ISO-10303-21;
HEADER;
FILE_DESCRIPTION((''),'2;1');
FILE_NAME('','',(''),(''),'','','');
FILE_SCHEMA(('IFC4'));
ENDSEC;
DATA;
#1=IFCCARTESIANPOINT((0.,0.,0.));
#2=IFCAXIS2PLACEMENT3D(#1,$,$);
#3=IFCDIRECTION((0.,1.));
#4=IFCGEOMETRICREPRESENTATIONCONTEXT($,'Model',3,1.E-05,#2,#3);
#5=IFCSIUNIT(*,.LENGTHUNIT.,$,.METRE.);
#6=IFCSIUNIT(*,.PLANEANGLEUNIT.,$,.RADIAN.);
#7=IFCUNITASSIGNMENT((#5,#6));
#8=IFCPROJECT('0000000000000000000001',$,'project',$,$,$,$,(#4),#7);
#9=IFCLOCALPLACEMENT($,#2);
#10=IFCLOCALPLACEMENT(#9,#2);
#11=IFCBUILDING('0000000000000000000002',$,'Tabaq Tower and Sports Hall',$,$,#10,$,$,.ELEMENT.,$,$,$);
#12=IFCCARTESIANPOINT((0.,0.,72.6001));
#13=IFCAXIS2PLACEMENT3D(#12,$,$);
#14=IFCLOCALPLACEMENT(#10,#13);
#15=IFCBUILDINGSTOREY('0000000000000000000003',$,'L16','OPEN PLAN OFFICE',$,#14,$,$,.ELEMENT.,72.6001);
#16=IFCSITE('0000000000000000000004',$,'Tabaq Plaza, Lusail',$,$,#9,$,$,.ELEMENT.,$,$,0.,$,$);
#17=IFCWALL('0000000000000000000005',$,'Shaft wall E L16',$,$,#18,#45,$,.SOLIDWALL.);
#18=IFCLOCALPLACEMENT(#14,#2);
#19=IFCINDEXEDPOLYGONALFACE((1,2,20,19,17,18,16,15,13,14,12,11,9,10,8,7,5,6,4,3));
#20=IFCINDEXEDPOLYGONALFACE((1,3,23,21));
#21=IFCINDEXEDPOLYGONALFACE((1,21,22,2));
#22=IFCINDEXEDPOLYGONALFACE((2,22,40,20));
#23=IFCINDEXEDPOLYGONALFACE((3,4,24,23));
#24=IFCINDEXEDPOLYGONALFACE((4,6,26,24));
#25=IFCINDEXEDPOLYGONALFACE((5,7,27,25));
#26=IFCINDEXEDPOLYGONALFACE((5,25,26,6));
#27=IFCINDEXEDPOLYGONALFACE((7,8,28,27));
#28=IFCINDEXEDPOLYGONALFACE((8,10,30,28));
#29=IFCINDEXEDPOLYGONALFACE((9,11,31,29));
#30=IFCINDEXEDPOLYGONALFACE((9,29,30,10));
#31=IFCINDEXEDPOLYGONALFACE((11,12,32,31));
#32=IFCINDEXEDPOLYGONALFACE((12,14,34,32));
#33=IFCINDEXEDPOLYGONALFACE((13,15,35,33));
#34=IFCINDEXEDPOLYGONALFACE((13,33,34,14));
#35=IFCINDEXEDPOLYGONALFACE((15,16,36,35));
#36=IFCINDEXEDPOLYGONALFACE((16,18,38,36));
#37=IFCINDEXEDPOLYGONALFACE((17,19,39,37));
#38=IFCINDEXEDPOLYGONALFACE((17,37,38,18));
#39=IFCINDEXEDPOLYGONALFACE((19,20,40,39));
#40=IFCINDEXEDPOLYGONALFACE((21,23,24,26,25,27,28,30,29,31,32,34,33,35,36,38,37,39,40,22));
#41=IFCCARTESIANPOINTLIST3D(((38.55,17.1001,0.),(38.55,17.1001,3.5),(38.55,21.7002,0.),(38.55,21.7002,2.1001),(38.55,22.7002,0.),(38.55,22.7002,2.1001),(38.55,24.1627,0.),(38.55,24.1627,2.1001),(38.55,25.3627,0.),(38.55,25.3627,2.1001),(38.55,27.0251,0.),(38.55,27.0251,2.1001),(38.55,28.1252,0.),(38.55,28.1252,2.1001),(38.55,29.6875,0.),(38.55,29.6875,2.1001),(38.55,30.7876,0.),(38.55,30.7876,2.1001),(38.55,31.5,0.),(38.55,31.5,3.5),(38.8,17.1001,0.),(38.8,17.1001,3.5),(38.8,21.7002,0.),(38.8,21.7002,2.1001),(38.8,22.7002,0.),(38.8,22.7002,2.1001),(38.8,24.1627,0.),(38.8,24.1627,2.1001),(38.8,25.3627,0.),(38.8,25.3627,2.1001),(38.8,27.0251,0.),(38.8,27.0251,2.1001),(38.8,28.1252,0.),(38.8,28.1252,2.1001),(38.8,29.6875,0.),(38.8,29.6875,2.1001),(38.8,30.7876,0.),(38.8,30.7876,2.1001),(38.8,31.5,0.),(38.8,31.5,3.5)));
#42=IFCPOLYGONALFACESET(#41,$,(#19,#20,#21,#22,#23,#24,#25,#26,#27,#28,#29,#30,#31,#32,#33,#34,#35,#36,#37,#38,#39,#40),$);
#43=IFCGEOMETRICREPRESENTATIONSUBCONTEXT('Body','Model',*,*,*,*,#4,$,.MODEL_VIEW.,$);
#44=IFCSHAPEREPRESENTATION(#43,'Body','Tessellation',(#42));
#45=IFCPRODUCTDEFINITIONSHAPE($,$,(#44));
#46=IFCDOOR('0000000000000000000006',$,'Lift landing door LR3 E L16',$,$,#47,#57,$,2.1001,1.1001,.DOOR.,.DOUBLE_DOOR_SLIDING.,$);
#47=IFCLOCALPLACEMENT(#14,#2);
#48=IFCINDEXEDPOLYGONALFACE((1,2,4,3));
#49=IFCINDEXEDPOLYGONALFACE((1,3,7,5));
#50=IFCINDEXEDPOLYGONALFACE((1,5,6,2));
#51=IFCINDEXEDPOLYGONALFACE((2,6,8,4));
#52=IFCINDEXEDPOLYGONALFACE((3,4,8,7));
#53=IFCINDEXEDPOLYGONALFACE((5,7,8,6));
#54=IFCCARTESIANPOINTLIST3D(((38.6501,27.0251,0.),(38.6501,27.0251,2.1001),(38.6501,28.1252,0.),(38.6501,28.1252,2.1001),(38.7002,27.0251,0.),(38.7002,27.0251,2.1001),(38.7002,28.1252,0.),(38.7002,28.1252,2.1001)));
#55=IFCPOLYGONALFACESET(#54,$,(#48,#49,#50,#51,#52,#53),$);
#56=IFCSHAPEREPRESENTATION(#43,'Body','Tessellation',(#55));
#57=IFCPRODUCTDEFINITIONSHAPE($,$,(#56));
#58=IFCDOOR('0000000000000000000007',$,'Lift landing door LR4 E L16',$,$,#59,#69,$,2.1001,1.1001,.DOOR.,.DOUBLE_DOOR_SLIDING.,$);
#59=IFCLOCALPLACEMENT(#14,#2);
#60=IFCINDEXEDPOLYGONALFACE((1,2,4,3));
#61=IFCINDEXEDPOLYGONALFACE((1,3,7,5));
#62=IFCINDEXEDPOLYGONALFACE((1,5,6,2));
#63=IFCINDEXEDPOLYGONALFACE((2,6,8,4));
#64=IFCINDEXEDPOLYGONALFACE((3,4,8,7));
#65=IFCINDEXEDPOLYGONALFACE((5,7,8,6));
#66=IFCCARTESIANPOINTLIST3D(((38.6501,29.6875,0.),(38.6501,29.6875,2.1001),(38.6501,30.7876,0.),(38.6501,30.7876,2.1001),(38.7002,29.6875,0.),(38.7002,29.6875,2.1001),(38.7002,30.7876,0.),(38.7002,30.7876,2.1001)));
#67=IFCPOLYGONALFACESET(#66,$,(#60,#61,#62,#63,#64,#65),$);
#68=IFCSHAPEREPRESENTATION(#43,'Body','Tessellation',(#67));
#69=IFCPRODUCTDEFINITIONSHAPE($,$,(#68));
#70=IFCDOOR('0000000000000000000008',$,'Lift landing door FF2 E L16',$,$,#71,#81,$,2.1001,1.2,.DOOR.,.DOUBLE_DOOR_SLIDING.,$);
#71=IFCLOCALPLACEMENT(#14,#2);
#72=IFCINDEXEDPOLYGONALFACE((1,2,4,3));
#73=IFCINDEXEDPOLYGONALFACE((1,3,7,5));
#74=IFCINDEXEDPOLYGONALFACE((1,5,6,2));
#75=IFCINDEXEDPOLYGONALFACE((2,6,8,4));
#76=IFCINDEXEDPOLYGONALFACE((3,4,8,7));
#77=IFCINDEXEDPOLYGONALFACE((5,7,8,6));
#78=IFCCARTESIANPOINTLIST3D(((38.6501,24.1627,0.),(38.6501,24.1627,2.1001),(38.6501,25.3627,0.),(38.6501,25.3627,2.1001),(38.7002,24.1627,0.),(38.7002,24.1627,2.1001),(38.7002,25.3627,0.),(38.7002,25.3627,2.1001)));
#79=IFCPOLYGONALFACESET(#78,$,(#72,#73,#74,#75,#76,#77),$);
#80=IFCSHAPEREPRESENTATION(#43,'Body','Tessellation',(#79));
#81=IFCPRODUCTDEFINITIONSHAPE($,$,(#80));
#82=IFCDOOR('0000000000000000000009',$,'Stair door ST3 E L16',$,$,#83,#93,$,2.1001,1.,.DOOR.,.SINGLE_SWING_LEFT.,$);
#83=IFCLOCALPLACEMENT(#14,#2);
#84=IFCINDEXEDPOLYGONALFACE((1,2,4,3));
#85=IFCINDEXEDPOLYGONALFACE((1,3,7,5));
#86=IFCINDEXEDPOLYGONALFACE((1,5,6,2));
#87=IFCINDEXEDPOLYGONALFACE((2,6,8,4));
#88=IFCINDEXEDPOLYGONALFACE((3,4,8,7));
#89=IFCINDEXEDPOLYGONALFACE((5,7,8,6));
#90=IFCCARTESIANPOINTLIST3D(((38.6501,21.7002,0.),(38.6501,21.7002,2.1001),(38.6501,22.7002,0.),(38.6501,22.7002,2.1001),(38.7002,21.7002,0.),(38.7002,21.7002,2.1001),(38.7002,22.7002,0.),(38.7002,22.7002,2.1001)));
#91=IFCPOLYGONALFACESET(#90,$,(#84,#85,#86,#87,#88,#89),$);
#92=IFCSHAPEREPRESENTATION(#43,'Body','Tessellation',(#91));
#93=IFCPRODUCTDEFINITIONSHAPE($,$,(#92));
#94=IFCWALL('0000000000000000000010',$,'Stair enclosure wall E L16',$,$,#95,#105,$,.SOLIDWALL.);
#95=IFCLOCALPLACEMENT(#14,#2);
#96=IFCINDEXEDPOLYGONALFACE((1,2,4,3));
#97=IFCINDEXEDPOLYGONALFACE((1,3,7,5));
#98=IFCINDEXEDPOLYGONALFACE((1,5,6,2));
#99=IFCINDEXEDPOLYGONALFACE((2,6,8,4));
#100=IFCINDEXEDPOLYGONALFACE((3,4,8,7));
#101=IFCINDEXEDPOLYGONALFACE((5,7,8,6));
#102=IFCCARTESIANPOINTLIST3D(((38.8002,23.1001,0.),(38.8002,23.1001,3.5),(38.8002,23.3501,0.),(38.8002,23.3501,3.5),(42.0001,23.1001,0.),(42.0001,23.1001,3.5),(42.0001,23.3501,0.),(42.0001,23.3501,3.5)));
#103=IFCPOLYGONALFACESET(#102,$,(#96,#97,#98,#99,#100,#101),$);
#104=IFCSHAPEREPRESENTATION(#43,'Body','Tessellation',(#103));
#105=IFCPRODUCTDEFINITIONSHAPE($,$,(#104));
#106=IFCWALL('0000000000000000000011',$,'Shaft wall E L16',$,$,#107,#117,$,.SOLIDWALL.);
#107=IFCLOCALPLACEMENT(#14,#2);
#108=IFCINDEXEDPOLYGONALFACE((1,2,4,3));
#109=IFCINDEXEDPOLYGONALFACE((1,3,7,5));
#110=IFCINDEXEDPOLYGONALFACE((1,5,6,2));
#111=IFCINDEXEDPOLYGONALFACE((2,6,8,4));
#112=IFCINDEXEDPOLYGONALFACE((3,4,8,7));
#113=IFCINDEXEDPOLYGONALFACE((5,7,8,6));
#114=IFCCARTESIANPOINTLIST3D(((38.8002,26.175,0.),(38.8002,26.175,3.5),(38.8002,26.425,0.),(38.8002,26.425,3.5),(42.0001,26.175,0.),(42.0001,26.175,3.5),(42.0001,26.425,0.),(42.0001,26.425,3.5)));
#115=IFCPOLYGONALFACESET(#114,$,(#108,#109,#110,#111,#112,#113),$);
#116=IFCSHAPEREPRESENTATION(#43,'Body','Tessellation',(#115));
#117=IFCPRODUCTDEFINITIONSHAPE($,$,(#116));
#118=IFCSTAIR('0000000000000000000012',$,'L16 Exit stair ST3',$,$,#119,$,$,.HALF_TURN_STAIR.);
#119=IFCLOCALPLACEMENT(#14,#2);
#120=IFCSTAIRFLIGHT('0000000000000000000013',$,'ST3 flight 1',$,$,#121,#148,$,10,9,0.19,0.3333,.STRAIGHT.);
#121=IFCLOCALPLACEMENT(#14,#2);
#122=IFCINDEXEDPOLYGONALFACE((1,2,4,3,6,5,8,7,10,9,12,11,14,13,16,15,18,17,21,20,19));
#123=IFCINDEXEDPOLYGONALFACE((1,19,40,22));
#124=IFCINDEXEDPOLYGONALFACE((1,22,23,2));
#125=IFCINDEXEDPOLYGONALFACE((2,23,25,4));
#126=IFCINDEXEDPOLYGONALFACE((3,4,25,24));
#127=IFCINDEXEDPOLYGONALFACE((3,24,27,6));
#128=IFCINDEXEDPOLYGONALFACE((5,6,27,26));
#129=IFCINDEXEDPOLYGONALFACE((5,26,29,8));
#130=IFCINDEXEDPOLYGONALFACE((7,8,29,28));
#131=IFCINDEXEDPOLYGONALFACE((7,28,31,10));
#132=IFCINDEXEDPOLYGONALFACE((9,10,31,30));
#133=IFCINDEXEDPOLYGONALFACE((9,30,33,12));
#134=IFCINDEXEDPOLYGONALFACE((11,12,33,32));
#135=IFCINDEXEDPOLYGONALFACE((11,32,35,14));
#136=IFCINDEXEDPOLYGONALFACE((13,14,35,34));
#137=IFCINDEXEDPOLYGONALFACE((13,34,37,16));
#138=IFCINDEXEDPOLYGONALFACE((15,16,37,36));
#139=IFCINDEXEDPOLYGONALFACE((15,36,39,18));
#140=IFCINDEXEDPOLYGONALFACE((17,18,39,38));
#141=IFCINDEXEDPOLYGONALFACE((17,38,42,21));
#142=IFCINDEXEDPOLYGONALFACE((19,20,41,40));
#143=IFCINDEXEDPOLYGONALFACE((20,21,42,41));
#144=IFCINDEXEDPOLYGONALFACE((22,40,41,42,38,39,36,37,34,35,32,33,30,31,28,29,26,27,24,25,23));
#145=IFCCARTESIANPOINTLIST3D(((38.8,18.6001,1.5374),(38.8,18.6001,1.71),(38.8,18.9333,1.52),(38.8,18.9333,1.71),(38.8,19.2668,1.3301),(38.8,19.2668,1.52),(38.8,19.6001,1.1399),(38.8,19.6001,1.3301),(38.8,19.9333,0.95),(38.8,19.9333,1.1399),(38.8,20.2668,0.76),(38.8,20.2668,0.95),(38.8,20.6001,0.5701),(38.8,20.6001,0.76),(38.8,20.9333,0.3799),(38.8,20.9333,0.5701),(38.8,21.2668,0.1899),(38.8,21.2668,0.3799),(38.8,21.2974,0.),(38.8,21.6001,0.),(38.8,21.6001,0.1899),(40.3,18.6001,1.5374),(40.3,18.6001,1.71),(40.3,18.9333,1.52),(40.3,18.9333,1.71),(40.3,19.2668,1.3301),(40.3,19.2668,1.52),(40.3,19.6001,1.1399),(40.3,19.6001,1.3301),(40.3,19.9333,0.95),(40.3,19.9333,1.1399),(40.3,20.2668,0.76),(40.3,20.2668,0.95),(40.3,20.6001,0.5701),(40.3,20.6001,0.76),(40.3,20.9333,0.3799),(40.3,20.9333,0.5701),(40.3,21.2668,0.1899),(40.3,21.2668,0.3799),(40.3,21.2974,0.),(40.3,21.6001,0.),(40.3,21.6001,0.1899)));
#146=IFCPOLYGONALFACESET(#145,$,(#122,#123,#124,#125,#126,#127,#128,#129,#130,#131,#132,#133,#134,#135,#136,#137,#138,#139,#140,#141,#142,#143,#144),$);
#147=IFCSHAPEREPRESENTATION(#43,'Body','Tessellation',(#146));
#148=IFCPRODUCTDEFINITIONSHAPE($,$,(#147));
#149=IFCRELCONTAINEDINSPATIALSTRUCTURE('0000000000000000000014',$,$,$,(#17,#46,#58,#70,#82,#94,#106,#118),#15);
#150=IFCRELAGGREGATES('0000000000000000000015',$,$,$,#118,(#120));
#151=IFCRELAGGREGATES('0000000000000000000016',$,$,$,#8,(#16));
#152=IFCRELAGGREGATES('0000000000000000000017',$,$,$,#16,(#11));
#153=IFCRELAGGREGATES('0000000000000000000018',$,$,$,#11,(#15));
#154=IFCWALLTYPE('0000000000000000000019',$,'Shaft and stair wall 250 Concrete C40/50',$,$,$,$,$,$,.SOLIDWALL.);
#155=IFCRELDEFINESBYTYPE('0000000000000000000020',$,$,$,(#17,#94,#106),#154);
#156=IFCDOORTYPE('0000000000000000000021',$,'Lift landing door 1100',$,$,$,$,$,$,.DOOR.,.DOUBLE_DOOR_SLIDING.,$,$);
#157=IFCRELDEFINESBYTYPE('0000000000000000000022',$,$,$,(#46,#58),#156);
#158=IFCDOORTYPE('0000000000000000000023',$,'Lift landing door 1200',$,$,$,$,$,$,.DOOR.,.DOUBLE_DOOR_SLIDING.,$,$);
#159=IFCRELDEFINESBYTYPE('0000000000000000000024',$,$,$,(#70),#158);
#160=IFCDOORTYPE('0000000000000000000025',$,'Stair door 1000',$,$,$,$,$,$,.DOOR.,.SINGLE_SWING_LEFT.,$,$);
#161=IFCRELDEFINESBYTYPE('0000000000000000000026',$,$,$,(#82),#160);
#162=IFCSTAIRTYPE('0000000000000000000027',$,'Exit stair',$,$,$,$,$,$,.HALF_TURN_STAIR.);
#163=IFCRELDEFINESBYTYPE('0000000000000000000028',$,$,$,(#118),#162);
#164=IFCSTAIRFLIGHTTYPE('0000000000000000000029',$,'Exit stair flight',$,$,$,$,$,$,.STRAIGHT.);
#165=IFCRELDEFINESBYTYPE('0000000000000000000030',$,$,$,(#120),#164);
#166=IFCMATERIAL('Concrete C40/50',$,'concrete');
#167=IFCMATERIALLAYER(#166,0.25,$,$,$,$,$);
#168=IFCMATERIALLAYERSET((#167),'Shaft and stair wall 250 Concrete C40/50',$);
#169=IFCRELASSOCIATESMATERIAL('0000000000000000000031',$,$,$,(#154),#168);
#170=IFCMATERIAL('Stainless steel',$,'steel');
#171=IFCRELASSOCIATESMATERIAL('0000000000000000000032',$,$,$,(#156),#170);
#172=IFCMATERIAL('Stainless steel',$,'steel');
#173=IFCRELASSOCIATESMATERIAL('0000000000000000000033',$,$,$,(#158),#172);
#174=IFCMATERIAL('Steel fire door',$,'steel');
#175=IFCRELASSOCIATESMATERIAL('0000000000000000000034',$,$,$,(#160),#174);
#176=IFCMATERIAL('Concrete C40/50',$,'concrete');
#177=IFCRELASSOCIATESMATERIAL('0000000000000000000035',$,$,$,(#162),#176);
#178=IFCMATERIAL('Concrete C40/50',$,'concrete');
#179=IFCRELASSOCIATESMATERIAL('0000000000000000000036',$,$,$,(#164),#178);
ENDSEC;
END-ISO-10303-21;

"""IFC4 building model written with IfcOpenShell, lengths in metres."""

from ifc_helpers import new_model, si_unit, direction, frame, frame_2d, origin, place, context, subcontext, project, spatial, polyline, rectangle, outline, extrude, material, layer, layer_set, type_object, element, fill, aggregate, save


model = new_model("IFC4")

# Units and contexts
model_context = context("Model", 3, precision=1e-05, world=origin(), true_north=direction((0.0, 1.0)))
body_context = subcontext(model_context, "Body", "Model", "MODEL_VIEW")
ifc_project = project(units=[si_unit("LENGTHUNIT", "METRE"), si_unit("PLANEANGLEUNIT", "RADIAN")], contexts=[model_context])

# Site, building, storey
site_placement = place(None, origin())
site = spatial("IfcSite", under=ifc_project, at=site_placement, Name="Tabaq Plaza, Lusail", CompositionType="ELEMENT", RefElevation=0.0)
building_placement = place(site_placement, origin())
building = spatial("IfcBuilding", under=site, at=building_placement, Name="Tabaq Tower and Sports Hall", CompositionType="ELEMENT")
storey_placement = place(building_placement, frame((0.0, 0.0, 72.6001)))
storey = spatial("IfcBuildingStorey", under=building, at=storey_placement, Name="L16", Description="OPEN PLAN OFFICE", CompositionType="ELEMENT", Elevation=72.6001)

# Wall, openings, doors
ifc_material_1 = material(Name="Concrete C40/50", Category="concrete")
ifc_layer_1 = layer(ifc_material_1, 0.25)
ifc_layer_set_1 = layer_set([ifc_layer_1], Name="Shaft and stair wall 250 Concrete C40/50")
wall_type_1 = type_object("IfcWallType", Name="Shaft and stair wall 250 Concrete C40/50", PredefinedType="SOLIDWALL", material=ifc_layer_set_1)
wall_1_placement = place(storey_placement, frame((38.675, 17.1001, 0.0), z_axis=(0.0, 0.0, 1.0), x_axis=(0.0, 1.0, 0.0)))
wall_1 = element("IfcWall", 1, at=wall_1_placement, inside=storey, type_object=wall_type_1, Name="Shaft wall E L16", PredefinedType="SOLIDWALL", context=body_context, shape_type="SweptSolid", body=[
    extrude(rectangle(XDim=14.3999, YDim=0.25, at=frame_2d((7.2, 0.0))), origin(), (0.0, 0.0, 1.0), 3.5),
])
opening_1_placement = place(wall_1_placement, frame((4.6001, 0.0, 0.0)))
opening_1 = element("IfcOpeningElement", 2, at=opening_1_placement, cuts=wall_1, PredefinedType="OPENING", context=body_context, shape_type="SweptSolid", body=[
    extrude(rectangle(XDim=1.0, YDim=2.1001, at=frame_2d((0.5, 1.05))), frame((0.0, 0.125, 0.0), z_axis=(0.0, -1.0, 0.0), x_axis=(1.0, 0.0, 0.0)), (0.0, 0.0, 1.0), 0.25),
])
opening_2_placement = place(wall_1_placement, frame((7.0625, 0.0, 0.0)))
opening_2 = element("IfcOpeningElement", 3, at=opening_2_placement, cuts=wall_1, PredefinedType="OPENING", context=body_context, shape_type="SweptSolid", body=[
    extrude(rectangle(XDim=1.2, YDim=2.1001, at=frame_2d((0.6001, 1.05))), frame((0.0, 0.125, 0.0), z_axis=(0.0, -1.0, 0.0), x_axis=(1.0, 0.0, 0.0)), (0.0, 0.0, 1.0), 0.25),
])
opening_3_placement = place(wall_1_placement, frame((9.925, 0.0, 0.0)))
opening_3 = element("IfcOpeningElement", 4, at=opening_3_placement, cuts=wall_1, PredefinedType="OPENING", context=body_context, shape_type="SweptSolid", body=[
    extrude(rectangle(XDim=1.1001, YDim=2.1001, at=frame_2d((0.55, 1.05))), frame((0.0, 0.125, 0.0), z_axis=(0.0, -1.0, 0.0), x_axis=(1.0, 0.0, 0.0)), (0.0, 0.0, 1.0), 0.25),
])
opening_4_placement = place(wall_1_placement, frame((12.5874, 0.0, 0.0)))
opening_4 = element("IfcOpeningElement", 5, at=opening_4_placement, cuts=wall_1, PredefinedType="OPENING", context=body_context, shape_type="SweptSolid", body=[
    extrude(rectangle(XDim=1.1001, YDim=2.1001, at=frame_2d((0.55, 1.05))), frame((0.0, 0.125, 0.0), z_axis=(0.0, -1.0, 0.0), x_axis=(1.0, 0.0, 0.0)), (0.0, 0.0, 1.0), 0.25),
])
ifc_material_2 = material(Name="Stainless steel", Category="steel")
door_type_1 = type_object("IfcDoorType", Name="Lift landing door 1100", OperationType="DOUBLE_DOOR_SLIDING", PredefinedType="DOOR", material=ifc_material_2)
door_1_placement = place(opening_3_placement, origin())
door_1 = element("IfcDoor", 6, at=door_1_placement, inside=storey, type_object=door_type_1, Name="Lift landing door LR3 E L16", OperationType="DOUBLE_DOOR_SLIDING", OverallHeight=2.1001, OverallWidth=1.1001, PredefinedType="DOOR", context=body_context, shape_type="SweptSolid", body=[
    extrude(rectangle(XDim=1.1001, YDim=2.1001, at=frame_2d((0.55, 1.05))), frame((0.0, 0.0249, 0.0), z_axis=(0.0, -1.0, 0.0), x_axis=(1.0, 0.0, 0.0)), (0.0, 0.0, 1.0), 0.05),
])
fill(opening_3, door_1)
door_2_placement = place(opening_4_placement, origin())
door_2 = element("IfcDoor", 7, at=door_2_placement, inside=storey, type_object=door_type_1, Name="Lift landing door LR4 E L16", OperationType="DOUBLE_DOOR_SLIDING", OverallHeight=2.1001, OverallWidth=1.1001, PredefinedType="DOOR", context=body_context, shape_type="SweptSolid", body=[
    extrude(rectangle(XDim=1.1001, YDim=2.1001, at=frame_2d((0.55, 1.05))), frame((0.0, 0.0249, 0.0), z_axis=(0.0, -1.0, 0.0), x_axis=(1.0, 0.0, 0.0)), (0.0, 0.0, 1.0), 0.05),
])
fill(opening_4, door_2)
ifc_material_3 = material(Name="Stainless steel", Category="steel")
door_type_2 = type_object("IfcDoorType", Name="Lift landing door 1200", OperationType="DOUBLE_DOOR_SLIDING", PredefinedType="DOOR", material=ifc_material_3)
door_3_placement = place(opening_2_placement, origin())
door_3 = element("IfcDoor", 8, at=door_3_placement, inside=storey, type_object=door_type_2, Name="Lift landing door FF2 E L16", OperationType="DOUBLE_DOOR_SLIDING", OverallHeight=2.1001, OverallWidth=1.2, PredefinedType="DOOR", context=body_context, shape_type="SweptSolid", body=[
    extrude(rectangle(XDim=1.2, YDim=2.1001, at=frame_2d((0.6001, 1.05))), frame((0.0, 0.0249, 0.0), z_axis=(0.0, -1.0, 0.0), x_axis=(1.0, 0.0, 0.0)), (0.0, 0.0, 1.0), 0.05),
])
fill(opening_2, door_3)
ifc_material_4 = material(Name="Steel fire door", Category="steel")
door_type_3 = type_object("IfcDoorType", Name="Stair door 1000", OperationType="SINGLE_SWING_LEFT", PredefinedType="DOOR", material=ifc_material_4)
door_4_placement = place(opening_1_placement, origin())
door_4 = element("IfcDoor", 9, at=door_4_placement, inside=storey, type_object=door_type_3, Name="Stair door ST3 E L16", OperationType="SINGLE_SWING_LEFT", OverallHeight=2.1001, OverallWidth=1.0, PredefinedType="DOOR", context=body_context, shape_type="SweptSolid", body=[
    extrude(rectangle(XDim=1.0, YDim=2.1001, at=frame_2d((0.5, 1.05))), frame((0.0, 0.0249, 0.0), z_axis=(0.0, -1.0, 0.0), x_axis=(1.0, 0.0, 0.0)), (0.0, 0.0, 1.0), 0.05),
])
fill(opening_1, door_4)

# Walls
for number, where, z_axis, x_axis, name in (
    (10, (38.8, 23.2251, 0.0), (0.0, 0.0, 1.0), (1.0, 0.0, 0.0), "Stair enclosure wall E L16"),
    (11, (38.8, 26.3, 0.0), (0.0, 0.0, 1.0), (1.0, 0.0, 0.0), "Shaft wall E L16"),
):
    element("IfcWall", number, at=place(storey_placement, frame(where, z_axis=z_axis, x_axis=x_axis)), inside=storey, type_object=wall_type_1, Name=name, PredefinedType="SOLIDWALL", context=body_context, shape_type="SweptSolid", body=[
        extrude(rectangle(XDim=3.2, YDim=0.25, at=frame_2d((1.6001, 0.0))), origin(), (0.0, 0.0, 1.0), 3.5),
    ])

# Stair, stair flight
ifc_material_5 = material(Name="Concrete C40/50", Category="concrete")
stair_type = type_object("IfcStairType", Name="Exit stair", PredefinedType="HALF_TURN_STAIR", material=ifc_material_5)
stair_placement = place(storey_placement, origin())
stair = element("IfcStair", 12, at=stair_placement, inside=storey, type_object=stair_type, Name="L16 Exit stair ST3", PredefinedType="HALF_TURN_STAIR")
ifc_material_6 = material(Name="Concrete C40/50", Category="concrete")
stair_flight_type = type_object("IfcStairFlightType", Name="Exit stair flight", PredefinedType="STRAIGHT", material=ifc_material_6)
stair_flight_1_placement = place(storey_placement, frame((39.55, 21.6001, 0.0), z_axis=(0.0, 0.0, 1.0), x_axis=(0.0, -1.0, 0.0)))
stair_flight_1 = element("IfcStairFlight", 13, at=stair_flight_1_placement, type_object=stair_flight_type, Name="ST3 flight 1", NumberOfRisers=10, NumberOfTreads=9, PredefinedType="STRAIGHT", RiserHeight=0.19, TreadLength=0.3333, context=body_context, shape_type="SweptSolid", body=[
    extrude(outline(polyline([(0.0, 0.0), (0.0, 0.1899), (0.3333, 0.1899), (0.3333, 0.3799), (0.6667, 0.3799), (0.6667, 0.5701), (1.0, 0.5701), (1.0, 0.76), (1.3333, 0.76), (1.3333, 0.95), (1.6667, 0.95), (1.6667, 1.1399), (2.0, 1.1399), (2.0, 1.3301), (2.3333, 1.3301), (2.3333, 1.52), (2.6667, 1.52), (2.6667, 1.71), (3.0, 1.71), (3.0, 1.8999), (3.0, 1.5374), (0.3027, 0.0), (0.0, 0.0)])), frame((0.0, 0.75, 0.0), z_axis=(0.0, -1.0, 0.0), x_axis=(1.0, 0.0, 0.0)), (0.0, 0.0, 1.0), 1.5),
])
aggregate(stair, [stair_flight_1])

save(model, "model.ifc")
